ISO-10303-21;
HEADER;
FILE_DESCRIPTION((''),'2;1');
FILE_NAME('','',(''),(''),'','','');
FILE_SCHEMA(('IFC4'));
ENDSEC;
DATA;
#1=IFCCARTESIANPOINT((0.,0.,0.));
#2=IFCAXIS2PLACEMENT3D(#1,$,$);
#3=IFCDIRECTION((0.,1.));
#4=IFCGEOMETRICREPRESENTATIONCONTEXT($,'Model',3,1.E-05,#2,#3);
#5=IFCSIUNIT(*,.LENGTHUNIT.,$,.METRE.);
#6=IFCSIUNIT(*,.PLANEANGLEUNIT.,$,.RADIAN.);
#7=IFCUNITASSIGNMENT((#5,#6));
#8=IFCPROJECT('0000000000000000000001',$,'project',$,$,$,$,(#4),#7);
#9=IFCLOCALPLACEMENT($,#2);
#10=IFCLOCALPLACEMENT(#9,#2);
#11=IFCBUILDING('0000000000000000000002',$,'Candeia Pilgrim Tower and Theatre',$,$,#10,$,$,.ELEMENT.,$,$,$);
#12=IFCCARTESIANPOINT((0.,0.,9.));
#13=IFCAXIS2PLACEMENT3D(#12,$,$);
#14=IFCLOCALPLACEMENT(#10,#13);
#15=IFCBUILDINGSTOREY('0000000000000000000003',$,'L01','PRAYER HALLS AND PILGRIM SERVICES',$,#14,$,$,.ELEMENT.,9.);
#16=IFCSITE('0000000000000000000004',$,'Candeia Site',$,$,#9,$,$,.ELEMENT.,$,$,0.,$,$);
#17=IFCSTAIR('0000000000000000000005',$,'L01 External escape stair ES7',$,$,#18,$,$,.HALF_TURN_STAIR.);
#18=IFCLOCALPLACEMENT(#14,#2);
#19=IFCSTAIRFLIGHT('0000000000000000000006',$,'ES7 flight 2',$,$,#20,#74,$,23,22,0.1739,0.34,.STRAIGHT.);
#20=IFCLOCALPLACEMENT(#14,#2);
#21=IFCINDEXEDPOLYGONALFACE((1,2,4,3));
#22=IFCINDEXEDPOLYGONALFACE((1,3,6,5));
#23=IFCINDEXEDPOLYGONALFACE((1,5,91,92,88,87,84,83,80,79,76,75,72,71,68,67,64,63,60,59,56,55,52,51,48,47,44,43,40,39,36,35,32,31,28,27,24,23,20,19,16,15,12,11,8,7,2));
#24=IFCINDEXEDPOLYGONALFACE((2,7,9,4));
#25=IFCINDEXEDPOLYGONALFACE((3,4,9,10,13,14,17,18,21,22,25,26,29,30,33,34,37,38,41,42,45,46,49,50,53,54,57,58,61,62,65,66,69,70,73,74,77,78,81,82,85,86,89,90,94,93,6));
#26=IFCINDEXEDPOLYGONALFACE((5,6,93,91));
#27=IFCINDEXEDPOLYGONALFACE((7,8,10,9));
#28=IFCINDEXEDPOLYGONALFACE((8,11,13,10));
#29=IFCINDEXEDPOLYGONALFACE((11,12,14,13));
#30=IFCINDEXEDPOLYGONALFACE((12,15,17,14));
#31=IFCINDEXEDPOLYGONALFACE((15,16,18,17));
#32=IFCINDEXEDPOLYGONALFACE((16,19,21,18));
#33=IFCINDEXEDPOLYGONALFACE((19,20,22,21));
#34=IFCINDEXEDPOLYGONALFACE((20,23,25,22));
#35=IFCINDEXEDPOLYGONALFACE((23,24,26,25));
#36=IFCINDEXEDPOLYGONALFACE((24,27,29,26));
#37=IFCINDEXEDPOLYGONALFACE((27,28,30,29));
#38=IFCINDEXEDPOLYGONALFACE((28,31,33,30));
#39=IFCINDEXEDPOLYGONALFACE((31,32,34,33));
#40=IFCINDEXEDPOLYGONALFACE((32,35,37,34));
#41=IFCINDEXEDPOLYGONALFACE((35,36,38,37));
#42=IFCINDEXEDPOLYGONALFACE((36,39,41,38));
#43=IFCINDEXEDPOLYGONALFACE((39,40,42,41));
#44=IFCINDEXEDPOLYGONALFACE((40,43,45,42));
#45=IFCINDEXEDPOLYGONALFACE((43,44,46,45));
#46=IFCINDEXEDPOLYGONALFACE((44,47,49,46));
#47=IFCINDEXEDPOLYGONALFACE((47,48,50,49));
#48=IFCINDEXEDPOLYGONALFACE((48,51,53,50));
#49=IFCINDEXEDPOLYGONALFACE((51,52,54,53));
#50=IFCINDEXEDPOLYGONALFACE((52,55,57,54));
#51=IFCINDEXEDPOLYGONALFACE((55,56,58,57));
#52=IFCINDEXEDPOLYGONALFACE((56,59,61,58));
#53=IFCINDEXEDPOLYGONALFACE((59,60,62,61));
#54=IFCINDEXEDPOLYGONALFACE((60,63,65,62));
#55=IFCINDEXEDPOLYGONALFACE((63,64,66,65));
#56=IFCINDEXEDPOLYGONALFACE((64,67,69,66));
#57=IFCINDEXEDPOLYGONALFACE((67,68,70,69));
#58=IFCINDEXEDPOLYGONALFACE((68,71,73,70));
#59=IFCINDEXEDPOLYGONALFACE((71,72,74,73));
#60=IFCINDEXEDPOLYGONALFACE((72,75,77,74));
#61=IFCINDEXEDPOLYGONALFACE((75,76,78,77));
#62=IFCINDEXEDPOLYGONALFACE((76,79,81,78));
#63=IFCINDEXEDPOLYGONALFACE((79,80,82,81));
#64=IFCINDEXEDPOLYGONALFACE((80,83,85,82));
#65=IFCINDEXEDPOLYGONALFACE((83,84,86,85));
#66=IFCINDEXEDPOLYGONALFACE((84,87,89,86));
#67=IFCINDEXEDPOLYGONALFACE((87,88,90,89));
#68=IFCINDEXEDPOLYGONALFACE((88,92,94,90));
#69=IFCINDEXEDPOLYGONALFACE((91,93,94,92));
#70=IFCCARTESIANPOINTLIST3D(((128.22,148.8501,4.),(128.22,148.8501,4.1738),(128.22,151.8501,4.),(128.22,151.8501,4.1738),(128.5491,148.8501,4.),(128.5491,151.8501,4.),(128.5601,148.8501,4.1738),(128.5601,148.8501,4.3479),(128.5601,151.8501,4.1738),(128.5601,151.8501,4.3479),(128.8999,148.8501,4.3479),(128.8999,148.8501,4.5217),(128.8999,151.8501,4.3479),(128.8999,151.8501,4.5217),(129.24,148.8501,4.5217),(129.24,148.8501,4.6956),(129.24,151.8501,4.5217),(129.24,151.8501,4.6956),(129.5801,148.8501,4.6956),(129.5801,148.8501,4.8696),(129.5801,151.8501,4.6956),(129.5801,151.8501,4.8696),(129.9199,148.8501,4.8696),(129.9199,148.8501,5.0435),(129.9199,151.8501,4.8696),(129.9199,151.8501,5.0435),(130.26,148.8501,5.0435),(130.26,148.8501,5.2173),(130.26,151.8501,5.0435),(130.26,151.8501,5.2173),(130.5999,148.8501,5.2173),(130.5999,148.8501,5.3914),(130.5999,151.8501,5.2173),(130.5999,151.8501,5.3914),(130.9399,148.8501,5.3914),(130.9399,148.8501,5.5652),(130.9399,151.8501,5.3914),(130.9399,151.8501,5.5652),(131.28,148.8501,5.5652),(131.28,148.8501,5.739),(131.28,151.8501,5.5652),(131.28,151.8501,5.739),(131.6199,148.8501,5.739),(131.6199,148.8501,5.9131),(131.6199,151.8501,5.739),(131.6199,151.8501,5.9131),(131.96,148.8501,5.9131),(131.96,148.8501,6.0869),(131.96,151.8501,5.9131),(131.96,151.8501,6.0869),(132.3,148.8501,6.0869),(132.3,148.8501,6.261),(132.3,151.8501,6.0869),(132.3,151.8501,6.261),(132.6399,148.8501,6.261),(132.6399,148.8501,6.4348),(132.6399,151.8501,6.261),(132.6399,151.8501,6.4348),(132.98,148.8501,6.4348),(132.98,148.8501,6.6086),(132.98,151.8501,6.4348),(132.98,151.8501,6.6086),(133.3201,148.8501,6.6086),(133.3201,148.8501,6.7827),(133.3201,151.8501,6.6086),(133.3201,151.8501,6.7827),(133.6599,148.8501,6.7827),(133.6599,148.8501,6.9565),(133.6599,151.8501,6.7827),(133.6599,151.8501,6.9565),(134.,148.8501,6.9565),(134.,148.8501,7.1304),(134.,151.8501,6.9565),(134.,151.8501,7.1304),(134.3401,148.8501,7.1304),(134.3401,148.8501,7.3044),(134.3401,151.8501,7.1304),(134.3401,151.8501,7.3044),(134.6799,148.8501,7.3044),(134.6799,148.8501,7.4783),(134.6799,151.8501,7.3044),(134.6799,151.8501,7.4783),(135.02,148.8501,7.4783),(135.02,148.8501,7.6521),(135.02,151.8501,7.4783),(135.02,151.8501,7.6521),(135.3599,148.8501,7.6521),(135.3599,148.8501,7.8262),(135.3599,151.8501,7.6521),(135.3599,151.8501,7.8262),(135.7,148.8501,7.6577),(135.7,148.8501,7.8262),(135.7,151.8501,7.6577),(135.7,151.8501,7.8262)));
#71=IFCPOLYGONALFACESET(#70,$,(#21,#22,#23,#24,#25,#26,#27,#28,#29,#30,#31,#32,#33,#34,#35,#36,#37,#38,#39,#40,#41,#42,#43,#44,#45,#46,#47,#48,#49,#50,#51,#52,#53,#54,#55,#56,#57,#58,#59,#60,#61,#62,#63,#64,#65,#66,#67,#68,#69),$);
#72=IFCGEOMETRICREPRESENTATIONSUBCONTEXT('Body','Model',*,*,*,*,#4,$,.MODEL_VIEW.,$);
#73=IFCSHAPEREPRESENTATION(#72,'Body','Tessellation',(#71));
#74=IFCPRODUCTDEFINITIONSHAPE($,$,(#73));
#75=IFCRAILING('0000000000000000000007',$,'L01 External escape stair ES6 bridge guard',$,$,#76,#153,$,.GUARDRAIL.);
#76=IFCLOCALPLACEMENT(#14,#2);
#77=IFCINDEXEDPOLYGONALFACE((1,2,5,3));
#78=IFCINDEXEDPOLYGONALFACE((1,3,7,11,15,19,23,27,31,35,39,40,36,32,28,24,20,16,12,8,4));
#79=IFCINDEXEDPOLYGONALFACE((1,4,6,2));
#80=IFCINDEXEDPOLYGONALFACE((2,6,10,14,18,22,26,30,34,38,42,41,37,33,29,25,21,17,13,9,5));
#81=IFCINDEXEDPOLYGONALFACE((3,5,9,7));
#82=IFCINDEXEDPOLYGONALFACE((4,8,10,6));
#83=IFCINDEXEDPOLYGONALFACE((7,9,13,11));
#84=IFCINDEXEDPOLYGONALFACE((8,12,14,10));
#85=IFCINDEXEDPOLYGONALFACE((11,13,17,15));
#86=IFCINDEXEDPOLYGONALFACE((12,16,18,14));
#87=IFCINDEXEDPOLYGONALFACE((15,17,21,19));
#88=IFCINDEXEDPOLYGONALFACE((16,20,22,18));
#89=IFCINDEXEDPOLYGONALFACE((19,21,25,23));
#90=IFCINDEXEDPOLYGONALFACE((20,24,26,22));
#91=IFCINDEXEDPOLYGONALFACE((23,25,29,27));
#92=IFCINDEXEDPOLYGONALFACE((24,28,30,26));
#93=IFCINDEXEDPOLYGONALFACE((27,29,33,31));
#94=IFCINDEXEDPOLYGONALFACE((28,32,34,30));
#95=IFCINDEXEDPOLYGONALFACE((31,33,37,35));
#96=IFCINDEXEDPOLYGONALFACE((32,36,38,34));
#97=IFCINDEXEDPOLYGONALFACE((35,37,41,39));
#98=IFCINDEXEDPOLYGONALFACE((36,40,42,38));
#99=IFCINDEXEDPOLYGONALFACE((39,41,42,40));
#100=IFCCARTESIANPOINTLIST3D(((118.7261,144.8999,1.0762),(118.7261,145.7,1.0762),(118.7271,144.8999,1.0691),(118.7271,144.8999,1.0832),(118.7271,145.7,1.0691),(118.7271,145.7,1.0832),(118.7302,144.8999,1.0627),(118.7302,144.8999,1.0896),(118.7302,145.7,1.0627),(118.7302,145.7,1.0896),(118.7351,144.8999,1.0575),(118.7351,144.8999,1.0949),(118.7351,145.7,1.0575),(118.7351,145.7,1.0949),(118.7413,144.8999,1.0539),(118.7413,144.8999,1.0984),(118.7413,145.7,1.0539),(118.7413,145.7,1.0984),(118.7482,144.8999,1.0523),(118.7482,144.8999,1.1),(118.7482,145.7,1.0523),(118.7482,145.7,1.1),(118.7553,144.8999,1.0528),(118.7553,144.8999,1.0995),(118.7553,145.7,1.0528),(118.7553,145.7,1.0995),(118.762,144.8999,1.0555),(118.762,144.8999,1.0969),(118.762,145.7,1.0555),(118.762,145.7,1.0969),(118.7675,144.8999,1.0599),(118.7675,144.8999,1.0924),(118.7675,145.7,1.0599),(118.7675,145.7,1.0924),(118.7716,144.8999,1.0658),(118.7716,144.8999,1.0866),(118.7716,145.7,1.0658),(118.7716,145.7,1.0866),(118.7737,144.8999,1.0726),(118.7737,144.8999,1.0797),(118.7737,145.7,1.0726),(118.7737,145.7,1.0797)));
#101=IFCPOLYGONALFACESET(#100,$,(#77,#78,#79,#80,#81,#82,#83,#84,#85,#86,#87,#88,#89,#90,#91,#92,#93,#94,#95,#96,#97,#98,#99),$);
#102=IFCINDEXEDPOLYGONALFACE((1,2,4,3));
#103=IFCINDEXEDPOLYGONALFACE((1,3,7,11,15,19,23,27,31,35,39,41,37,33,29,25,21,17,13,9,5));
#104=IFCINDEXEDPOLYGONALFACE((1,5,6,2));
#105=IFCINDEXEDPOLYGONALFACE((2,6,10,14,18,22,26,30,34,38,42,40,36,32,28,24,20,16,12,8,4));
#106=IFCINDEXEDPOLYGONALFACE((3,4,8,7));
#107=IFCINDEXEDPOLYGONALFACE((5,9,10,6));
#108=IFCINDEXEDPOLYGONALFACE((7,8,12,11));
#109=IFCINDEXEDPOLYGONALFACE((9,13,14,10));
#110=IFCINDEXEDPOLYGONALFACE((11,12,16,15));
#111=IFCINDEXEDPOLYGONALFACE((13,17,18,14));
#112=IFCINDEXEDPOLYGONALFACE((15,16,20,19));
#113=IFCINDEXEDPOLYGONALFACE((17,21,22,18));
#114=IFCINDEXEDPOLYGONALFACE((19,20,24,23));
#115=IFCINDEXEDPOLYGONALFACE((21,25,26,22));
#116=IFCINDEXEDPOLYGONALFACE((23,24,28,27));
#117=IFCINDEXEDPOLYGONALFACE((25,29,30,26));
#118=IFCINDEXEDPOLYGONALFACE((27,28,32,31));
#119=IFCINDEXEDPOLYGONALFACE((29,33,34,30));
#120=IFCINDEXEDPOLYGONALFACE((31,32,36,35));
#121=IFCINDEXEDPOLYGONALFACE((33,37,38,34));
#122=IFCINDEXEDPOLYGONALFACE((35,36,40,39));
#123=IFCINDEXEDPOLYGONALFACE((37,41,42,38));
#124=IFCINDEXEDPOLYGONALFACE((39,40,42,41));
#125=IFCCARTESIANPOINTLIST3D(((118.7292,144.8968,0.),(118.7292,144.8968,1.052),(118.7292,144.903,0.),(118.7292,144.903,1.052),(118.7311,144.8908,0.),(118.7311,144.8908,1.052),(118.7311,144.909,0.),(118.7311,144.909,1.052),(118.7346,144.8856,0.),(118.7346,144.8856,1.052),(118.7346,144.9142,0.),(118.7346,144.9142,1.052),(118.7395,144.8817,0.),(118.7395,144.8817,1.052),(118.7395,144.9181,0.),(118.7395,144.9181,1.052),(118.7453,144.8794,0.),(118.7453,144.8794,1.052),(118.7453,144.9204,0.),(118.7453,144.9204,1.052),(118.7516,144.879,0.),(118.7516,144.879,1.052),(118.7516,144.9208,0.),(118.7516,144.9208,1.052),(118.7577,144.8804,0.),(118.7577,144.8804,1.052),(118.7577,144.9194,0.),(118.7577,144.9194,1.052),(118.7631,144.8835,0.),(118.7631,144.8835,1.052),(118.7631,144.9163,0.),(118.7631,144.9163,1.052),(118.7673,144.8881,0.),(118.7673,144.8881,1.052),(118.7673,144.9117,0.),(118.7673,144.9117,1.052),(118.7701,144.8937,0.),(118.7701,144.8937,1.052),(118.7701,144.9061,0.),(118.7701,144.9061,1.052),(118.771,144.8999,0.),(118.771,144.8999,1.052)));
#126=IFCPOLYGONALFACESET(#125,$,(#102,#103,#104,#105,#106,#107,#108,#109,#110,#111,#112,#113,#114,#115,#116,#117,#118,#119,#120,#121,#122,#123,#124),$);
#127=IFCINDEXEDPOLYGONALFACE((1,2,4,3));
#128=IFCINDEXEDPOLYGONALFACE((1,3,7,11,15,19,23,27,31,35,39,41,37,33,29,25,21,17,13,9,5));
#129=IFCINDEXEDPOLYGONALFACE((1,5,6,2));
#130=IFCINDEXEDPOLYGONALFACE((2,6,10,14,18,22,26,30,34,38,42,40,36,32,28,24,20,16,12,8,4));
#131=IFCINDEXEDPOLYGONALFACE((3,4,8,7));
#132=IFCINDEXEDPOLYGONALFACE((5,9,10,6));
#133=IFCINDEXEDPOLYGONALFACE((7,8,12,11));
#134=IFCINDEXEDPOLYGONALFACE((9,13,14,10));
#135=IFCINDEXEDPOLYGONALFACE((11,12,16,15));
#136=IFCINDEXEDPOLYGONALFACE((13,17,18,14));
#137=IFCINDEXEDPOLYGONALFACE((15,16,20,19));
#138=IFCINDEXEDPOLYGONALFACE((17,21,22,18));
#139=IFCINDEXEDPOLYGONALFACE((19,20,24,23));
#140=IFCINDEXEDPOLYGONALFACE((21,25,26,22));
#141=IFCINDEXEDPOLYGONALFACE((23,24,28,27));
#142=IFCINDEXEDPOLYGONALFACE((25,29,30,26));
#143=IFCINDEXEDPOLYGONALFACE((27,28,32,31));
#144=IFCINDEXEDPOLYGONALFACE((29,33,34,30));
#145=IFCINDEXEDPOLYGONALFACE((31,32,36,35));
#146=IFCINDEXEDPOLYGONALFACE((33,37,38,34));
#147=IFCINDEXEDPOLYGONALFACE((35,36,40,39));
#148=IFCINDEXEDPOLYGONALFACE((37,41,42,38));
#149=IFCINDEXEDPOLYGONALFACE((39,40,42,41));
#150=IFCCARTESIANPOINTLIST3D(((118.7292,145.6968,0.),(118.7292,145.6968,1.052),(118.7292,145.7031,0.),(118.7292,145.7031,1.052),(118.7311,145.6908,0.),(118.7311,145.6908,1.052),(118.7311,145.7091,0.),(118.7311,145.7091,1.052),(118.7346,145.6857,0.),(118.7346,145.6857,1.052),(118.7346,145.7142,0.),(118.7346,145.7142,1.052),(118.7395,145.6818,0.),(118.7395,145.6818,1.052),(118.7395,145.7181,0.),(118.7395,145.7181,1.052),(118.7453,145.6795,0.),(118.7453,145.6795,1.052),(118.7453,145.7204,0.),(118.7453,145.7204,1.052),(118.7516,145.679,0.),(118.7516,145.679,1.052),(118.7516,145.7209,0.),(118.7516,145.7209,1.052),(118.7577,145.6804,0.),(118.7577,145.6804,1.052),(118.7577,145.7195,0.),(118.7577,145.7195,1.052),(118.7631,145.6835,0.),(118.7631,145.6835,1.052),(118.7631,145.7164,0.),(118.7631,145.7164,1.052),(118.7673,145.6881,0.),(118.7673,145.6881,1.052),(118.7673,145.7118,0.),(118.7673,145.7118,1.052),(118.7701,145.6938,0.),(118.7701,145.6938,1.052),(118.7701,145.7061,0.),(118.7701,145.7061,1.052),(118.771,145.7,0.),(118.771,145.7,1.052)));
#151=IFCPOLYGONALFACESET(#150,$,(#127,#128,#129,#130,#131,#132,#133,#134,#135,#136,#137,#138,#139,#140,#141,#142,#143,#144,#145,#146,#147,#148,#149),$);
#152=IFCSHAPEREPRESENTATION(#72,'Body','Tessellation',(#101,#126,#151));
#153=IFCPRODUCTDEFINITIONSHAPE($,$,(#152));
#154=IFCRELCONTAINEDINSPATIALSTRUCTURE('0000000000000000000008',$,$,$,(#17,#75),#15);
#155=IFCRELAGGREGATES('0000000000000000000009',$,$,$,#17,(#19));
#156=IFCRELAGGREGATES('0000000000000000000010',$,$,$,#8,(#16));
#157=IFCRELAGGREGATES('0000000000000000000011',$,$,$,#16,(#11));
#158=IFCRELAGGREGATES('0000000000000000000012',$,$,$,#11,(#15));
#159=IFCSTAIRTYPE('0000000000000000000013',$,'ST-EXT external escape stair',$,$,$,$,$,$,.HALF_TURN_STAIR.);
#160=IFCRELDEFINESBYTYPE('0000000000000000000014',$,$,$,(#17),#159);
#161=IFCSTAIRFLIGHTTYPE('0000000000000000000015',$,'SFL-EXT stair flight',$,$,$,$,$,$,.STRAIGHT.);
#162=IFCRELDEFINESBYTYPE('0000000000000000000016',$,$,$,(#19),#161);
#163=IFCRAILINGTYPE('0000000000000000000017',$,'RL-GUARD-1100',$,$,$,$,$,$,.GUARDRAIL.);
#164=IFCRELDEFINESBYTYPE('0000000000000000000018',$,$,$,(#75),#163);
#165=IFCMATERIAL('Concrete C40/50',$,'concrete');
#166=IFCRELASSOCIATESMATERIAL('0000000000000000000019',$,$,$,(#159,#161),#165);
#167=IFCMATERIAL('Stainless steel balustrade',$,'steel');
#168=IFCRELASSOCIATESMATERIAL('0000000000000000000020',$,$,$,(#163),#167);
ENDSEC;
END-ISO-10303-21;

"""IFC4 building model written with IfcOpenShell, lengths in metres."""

from ifc_helpers import new_model, si_unit, direction, frame, origin, origin_2d, place, context, subcontext, project, spatial, polyline, circle, outline, extrude, material, type_object, element, aggregate, save


model = new_model("IFC4")

# Units and contexts
model_context = context("Model", 3, precision=1e-05, world=origin(), true_north=direction((0.0, 1.0)))
body_context = subcontext(model_context, "Body", "Model", "MODEL_VIEW")
ifc_project = project(units=[si_unit("LENGTHUNIT", "METRE"), si_unit("PLANEANGLEUNIT", "RADIAN")], contexts=[model_context])

# Site, building, storey
site_placement = place(None, origin())
site = spatial("IfcSite", under=ifc_project, at=site_placement, Name="Candeia Site", CompositionType="ELEMENT", RefElevation=0.0)
building_placement = place(site_placement, origin())
building = spatial("IfcBuilding", under=site, at=building_placement, Name="Candeia Pilgrim Tower and Theatre", CompositionType="ELEMENT")
storey_placement = place(building_placement, frame((0.0, 0.0, 9.0)))
storey = spatial("IfcBuildingStorey", under=building, at=storey_placement, Name="L01", Description="PRAYER HALLS AND PILGRIM SERVICES", CompositionType="ELEMENT", Elevation=9.0)

# Shared definitions
ifc_material_1 = material(Name="Concrete C40/50", Category="concrete")

# Shared definitions
stair_type = type_object("IfcStairType", Name="ST-EXT external escape stair", PredefinedType="HALF_TURN_STAIR", material=ifc_material_1)
stair_flight_type = type_object("IfcStairFlightType", Name="SFL-EXT stair flight", PredefinedType="STRAIGHT", material=ifc_material_1)

# Stair, stair flight
stair_1_placement = place(storey_placement, origin())
stair_1 = element("IfcStair", 1, at=stair_1_placement, inside=storey, type_object=stair_type, Name="L01 External escape stair ES7", PredefinedType="HALF_TURN_STAIR")
stair_flight_1_placement = place(storey_placement, frame((128.22, 150.3501, 4.0), z_axis=(0.0, 0.0, 1.0), x_axis=(1.0, 0.0, 0.0)))
stair_flight_1 = element("IfcStairFlight", 2, at=stair_flight_1_placement, type_object=stair_flight_type, Name="ES7 flight 2", NumberOfRisers=23, NumberOfTreads=22, PredefinedType="STRAIGHT", RiserHeight=0.1739, TreadLength=0.34, context=body_context, shape_type="SweptSolid", body=[
    extrude(outline(polyline([(0.0, 0.0), (0.0, 0.1738), (0.3401, 0.1738), (0.3401, 0.3479), (0.6799, 0.3479), (0.6799, 0.5217), (1.02, 0.5217), (1.02, 0.6956), (1.3601, 0.6956), (1.3601, 0.8696), (1.7, 0.8696), (1.7, 1.0435), (2.04, 1.0435), (2.04, 1.2173), (2.3799, 1.2173), (2.3799, 1.3914), (2.72, 1.3914), (2.72, 1.5652), (3.0601, 1.5652), (3.0601, 1.739), (3.3999, 1.739), (3.3999, 1.9131), (3.74, 1.9131), (3.74, 2.0869), (4.0801, 2.0869), (4.0801, 2.261), (4.4199, 2.261), (4.4199, 2.4348), (4.76, 2.4348), (4.76, 2.6086), (5.1001, 2.6086), (5.1001, 2.7827), (5.4399, 2.7827), (5.4399, 2.9565), (5.78, 2.9565), (5.78, 3.1304), (6.1201, 3.1304), (6.1201, 3.3044), (6.46, 3.3044), (6.46, 3.4783), (6.8, 3.4783), (6.8, 3.6521), (7.1399, 3.6521), (7.1399, 3.8262), (7.48, 3.8262), (7.48, 4.0), (7.48, 3.6577), (0.3291, 0.0), (0.0, 0.0)])), frame((0.0, 1.5, 0.0), z_axis=(0.0, -1.0, 0.0), x_axis=(1.0, 0.0, 0.0)), (0.0, 0.0, 1.0), 3.0),
])
aggregate(stair_1, [stair_flight_1])

# Railing
ifc_material_2 = material(Name="Stainless steel balustrade", Category="steel")
railing_type_1 = type_object("IfcRailingType", Name="RL-GUARD-1100", PredefinedType="GUARDRAIL", material=ifc_material_2)
railing_1_placement = place(storey_placement, frame((118.75, 144.8999, 0.0)))
element("IfcRailing", 3, at=railing_1_placement, inside=storey, type_object=railing_type_1, Name="L01 External escape stair ES6 bridge guard", PredefinedType="GUARDRAIL", context=body_context, shape_type="SweptSolid", body=[
    extrude(circle(Radius=0.0239, at=origin_2d()), frame((0.0, 0.0, 1.0762), z_axis=(0.0, 1.0, 0.0), x_axis=(-1.0, 0.0, 0.0)), (0.0, 0.0, 1.0), 0.8),
    extrude(circle(Radius=0.021, at=origin_2d()), origin(), (0.0, 0.0, 1.0), 1.052),
    extrude(circle(Radius=0.021, at=origin_2d()), frame((0.0, 0.8, 0.0)), (0.0, 0.0, 1.0), 1.052),
])

save(model, "model.ifc")
